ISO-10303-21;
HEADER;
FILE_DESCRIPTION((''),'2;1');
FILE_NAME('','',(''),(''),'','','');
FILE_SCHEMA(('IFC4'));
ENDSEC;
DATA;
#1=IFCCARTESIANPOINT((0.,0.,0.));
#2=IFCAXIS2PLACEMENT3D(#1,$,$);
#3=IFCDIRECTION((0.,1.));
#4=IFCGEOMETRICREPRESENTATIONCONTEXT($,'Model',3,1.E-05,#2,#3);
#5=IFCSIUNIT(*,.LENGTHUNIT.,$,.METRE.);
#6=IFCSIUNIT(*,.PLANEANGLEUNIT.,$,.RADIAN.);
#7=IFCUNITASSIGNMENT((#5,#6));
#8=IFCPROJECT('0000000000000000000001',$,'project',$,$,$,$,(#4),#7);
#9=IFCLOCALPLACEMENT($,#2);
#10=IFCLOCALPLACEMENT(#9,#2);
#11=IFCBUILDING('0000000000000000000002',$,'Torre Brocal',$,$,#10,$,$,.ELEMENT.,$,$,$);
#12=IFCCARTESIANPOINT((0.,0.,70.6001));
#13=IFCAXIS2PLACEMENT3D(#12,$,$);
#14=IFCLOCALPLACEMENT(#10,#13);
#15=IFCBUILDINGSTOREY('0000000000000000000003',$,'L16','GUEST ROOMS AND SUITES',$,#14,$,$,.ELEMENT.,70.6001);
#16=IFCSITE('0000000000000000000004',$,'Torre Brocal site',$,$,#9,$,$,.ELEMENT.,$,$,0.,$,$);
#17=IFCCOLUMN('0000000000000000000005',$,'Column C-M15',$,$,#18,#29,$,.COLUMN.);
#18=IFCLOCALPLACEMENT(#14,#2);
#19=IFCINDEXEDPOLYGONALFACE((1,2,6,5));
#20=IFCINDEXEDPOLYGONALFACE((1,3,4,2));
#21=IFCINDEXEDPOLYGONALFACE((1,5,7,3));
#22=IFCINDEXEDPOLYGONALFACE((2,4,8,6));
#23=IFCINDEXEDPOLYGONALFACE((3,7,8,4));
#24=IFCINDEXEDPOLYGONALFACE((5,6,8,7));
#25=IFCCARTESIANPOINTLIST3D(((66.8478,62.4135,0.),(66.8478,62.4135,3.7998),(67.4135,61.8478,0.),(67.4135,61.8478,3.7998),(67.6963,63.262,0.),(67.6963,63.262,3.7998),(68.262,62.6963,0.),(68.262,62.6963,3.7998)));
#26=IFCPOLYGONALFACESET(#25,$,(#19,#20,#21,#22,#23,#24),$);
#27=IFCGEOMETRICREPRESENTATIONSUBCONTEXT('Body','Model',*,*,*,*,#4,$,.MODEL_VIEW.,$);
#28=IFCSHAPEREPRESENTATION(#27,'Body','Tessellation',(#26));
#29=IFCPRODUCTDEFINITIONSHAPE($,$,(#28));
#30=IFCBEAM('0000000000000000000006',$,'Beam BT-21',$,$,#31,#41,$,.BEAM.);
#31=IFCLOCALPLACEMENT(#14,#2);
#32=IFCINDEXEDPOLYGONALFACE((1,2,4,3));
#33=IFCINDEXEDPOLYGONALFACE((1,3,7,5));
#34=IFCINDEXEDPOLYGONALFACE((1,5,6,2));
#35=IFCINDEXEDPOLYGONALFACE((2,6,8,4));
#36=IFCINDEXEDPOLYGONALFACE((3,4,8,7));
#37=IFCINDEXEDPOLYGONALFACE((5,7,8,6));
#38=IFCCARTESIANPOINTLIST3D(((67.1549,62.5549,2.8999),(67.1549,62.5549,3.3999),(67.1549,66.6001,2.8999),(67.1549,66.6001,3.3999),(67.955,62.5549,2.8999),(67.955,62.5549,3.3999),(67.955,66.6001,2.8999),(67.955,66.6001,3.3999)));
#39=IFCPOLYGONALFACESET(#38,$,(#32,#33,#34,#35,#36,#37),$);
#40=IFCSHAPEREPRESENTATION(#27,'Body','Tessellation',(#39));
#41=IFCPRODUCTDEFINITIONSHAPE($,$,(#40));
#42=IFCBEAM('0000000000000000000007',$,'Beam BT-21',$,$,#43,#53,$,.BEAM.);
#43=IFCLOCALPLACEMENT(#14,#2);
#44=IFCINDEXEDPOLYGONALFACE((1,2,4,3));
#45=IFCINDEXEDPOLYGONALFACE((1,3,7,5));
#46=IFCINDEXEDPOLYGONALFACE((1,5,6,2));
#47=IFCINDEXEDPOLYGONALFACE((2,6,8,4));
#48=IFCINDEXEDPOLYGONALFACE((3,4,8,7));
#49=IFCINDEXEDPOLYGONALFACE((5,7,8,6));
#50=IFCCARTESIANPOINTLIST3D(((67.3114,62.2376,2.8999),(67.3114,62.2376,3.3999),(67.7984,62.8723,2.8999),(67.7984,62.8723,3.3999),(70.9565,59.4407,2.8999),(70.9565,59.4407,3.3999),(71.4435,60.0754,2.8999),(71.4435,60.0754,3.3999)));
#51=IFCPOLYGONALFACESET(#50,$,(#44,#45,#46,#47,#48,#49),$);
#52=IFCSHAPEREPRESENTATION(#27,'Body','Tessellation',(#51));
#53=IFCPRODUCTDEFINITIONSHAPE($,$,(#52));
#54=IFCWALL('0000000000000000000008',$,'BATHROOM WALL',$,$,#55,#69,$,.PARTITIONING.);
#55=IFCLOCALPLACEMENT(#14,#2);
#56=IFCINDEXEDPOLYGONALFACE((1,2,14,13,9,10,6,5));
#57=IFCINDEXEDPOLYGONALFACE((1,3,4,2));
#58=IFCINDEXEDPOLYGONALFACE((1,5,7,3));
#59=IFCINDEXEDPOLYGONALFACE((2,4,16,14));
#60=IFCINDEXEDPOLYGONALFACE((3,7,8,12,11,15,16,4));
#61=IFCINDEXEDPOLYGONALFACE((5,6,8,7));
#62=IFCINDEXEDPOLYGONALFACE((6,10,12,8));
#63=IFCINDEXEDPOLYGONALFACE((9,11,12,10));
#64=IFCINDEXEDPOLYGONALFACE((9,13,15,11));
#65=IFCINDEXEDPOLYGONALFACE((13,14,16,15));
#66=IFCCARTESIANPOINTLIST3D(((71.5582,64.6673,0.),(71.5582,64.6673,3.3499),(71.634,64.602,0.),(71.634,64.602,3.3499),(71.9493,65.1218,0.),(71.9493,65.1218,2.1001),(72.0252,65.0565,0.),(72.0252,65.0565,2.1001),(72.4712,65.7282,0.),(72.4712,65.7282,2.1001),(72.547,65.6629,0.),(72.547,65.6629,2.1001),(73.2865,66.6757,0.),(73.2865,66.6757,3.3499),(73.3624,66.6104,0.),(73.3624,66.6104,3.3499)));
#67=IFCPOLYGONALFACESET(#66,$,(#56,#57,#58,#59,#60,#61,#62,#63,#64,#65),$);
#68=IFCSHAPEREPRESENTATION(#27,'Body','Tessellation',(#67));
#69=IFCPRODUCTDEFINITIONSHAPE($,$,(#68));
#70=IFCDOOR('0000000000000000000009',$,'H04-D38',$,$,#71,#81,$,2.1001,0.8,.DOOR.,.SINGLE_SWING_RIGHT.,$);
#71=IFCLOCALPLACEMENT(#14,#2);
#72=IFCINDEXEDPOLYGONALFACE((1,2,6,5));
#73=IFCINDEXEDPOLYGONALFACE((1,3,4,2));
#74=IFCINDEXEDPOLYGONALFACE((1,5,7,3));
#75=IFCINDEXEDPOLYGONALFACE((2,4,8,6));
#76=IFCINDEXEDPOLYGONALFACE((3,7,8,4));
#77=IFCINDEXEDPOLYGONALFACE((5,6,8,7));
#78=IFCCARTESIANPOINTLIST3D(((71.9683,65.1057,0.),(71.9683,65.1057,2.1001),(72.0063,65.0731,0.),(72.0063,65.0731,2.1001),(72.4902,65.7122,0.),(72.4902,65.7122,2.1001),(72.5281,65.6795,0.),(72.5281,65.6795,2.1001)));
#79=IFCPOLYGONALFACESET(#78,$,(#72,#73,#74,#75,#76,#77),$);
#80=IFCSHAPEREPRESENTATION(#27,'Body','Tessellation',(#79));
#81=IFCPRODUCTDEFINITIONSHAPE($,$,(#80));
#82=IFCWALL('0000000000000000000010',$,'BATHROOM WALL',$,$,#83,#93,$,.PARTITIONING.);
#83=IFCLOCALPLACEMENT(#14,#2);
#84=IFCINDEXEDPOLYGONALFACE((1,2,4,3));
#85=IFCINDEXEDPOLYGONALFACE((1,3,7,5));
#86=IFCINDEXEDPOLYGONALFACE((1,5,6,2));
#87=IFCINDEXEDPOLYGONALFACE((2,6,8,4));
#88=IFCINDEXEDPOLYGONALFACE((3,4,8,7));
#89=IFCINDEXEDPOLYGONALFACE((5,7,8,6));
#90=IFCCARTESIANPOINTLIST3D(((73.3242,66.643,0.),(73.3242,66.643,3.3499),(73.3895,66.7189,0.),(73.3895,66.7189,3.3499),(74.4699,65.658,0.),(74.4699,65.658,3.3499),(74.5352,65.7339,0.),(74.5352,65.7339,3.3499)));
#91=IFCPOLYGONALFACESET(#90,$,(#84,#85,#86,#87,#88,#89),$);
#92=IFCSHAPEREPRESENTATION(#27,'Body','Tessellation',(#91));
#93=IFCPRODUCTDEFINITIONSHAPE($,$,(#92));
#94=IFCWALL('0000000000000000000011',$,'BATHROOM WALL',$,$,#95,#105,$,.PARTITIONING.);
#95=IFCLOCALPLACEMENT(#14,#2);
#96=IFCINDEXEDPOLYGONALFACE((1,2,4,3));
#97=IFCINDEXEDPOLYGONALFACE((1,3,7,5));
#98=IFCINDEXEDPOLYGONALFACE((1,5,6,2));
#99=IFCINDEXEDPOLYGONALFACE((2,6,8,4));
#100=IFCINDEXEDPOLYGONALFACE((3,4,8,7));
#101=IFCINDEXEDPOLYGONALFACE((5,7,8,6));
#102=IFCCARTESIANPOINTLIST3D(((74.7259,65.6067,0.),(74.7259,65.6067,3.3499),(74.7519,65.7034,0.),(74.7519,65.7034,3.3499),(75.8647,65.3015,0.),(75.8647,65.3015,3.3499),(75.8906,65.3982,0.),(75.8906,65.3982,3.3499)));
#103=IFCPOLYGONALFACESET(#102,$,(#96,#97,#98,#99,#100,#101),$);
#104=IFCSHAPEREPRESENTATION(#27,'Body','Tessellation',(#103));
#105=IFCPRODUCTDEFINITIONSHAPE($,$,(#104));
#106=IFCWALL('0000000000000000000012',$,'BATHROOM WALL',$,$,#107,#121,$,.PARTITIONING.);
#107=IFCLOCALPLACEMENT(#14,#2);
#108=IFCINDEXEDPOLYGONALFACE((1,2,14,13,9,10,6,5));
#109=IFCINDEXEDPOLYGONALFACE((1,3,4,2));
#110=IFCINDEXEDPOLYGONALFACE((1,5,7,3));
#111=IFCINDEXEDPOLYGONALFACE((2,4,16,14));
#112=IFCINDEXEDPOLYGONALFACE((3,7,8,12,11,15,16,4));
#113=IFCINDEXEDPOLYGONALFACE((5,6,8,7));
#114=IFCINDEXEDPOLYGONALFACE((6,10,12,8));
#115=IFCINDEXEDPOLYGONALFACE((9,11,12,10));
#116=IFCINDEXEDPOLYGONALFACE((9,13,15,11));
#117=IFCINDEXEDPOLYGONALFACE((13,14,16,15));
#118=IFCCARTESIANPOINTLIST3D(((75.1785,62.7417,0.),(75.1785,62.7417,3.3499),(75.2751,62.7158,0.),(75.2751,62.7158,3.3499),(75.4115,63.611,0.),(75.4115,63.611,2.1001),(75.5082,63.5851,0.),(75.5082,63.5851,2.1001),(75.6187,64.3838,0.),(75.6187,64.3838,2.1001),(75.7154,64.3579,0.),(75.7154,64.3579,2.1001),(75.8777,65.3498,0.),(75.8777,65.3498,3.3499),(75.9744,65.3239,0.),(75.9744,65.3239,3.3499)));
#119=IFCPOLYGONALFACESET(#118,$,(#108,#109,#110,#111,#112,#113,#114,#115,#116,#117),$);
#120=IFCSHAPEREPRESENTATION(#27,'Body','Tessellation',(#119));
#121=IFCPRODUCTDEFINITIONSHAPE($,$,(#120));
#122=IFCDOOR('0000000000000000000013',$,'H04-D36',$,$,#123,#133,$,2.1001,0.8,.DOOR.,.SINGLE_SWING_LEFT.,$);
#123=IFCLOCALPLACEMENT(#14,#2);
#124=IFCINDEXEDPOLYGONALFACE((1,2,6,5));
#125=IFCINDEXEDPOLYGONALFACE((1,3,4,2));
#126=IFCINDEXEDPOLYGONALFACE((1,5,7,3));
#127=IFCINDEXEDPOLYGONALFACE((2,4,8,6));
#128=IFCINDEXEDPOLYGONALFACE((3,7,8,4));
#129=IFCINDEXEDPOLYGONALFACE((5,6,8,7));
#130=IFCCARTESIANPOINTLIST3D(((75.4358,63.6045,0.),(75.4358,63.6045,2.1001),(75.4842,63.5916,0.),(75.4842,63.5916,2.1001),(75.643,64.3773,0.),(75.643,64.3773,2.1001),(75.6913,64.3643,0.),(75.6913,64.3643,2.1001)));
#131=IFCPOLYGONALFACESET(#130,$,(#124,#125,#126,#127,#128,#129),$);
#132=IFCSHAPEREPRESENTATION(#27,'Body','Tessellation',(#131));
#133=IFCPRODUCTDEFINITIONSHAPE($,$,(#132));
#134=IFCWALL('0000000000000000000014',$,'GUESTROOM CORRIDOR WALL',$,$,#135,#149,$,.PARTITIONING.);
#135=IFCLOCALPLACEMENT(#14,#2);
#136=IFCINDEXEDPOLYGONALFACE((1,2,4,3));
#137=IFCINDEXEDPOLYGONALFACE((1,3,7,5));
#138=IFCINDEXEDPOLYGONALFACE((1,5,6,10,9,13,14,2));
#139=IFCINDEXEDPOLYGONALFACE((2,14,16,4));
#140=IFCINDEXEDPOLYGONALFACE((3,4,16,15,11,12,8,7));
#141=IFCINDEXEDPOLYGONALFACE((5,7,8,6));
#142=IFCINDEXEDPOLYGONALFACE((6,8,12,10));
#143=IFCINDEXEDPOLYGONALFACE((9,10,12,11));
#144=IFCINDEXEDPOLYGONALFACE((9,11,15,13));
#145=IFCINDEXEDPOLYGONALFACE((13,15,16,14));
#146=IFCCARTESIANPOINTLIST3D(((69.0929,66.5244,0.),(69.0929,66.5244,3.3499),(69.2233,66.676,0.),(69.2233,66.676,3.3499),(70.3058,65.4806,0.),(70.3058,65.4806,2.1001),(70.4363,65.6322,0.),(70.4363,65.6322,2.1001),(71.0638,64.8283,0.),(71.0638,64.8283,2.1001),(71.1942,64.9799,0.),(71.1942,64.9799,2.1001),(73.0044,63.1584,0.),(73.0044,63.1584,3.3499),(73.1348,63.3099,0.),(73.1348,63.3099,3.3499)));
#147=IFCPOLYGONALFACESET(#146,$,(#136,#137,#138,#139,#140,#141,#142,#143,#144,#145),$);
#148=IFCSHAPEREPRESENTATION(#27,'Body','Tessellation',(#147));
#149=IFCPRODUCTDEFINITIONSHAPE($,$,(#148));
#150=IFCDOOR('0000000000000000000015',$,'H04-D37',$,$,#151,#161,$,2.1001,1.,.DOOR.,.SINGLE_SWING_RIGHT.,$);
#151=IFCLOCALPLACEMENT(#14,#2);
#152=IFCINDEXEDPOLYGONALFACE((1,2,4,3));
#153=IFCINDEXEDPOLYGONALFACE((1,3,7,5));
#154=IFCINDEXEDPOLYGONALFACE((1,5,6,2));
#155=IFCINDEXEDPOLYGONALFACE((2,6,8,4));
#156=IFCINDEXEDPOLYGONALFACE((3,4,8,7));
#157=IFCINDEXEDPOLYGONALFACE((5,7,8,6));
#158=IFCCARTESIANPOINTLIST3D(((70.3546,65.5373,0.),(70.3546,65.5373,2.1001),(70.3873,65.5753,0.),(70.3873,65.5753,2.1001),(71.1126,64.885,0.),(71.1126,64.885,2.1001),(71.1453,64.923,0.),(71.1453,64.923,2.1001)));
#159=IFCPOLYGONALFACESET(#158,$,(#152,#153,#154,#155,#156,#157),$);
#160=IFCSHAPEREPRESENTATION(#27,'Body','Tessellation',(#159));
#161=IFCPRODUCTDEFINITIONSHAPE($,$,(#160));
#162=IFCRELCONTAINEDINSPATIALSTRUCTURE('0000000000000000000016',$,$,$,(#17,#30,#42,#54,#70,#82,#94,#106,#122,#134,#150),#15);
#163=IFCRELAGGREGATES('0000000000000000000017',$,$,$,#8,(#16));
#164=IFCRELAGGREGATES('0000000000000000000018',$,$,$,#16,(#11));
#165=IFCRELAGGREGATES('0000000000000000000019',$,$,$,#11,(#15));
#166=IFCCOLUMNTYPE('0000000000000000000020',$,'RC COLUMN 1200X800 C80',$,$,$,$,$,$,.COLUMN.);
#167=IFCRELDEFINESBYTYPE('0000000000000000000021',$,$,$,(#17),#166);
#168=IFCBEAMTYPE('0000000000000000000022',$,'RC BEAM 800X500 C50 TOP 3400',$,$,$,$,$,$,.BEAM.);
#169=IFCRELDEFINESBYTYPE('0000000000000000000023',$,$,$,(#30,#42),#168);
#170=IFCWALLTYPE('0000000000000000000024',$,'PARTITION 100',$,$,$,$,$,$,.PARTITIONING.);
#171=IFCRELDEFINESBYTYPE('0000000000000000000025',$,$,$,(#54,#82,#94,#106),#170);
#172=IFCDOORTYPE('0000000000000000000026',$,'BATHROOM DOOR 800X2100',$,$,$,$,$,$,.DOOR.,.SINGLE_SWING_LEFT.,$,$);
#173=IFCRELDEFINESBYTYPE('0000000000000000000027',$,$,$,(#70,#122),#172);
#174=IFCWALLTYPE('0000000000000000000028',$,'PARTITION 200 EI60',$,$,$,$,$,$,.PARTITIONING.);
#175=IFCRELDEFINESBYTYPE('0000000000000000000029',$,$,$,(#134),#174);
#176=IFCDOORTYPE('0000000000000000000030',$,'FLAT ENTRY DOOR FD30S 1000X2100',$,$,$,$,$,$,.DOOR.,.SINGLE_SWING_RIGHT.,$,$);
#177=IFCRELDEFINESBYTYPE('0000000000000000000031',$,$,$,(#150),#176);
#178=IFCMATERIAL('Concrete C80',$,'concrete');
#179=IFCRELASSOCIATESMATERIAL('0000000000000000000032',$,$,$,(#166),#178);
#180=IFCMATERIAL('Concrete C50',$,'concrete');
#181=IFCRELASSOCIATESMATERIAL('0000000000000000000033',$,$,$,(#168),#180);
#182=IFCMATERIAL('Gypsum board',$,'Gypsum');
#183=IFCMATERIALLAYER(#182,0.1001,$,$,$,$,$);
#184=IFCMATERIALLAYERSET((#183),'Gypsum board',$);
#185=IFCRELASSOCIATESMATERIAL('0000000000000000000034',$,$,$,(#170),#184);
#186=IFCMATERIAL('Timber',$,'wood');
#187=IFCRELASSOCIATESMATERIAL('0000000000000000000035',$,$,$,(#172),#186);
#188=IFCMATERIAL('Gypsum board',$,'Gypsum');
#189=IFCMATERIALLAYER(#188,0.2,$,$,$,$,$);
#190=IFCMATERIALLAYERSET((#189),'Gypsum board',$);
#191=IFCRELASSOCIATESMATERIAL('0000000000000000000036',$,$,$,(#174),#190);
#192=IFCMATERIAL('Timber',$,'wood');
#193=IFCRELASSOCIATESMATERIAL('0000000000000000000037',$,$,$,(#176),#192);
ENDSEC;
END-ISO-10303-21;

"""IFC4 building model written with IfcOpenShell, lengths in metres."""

from ifc_helpers import new_model, si_unit, direction, frame, frame_2d, origin, origin_2d, place, context, subcontext, project, spatial, rectangle, extrude, material, layer, layer_set, material_profile, profile_set, type_object, element, fill, save


model = new_model("IFC4")

# Units and contexts
model_context = context("Model", 3, precision=1e-05, world=origin(), true_north=direction((0.0, 1.0)))
body_context = subcontext(model_context, "Body", "Model", "MODEL_VIEW")
ifc_project = project(units=[si_unit("LENGTHUNIT", "METRE"), si_unit("PLANEANGLEUNIT", "RADIAN")], contexts=[model_context])

# Site, building, storey
site_placement = place(None, origin())
site = spatial("IfcSite", under=ifc_project, at=site_placement, Name="Torre Brocal site", CompositionType="ELEMENT", RefElevation=0.0)
building_placement = place(site_placement, origin())
building = spatial("IfcBuilding", under=site, at=building_placement, Name="Torre Brocal", CompositionType="ELEMENT")
storey_placement = place(building_placement, frame((0.0, 0.0, 70.6001)))
storey = spatial("IfcBuildingStorey", under=building, at=storey_placement, Name="L16", Description="GUEST ROOMS AND SUITES", CompositionType="ELEMENT", Elevation=70.6001)

# Column
ifc_material_1 = material(Name="Concrete C80", Category="concrete")
ifc_material_profile_1 = material_profile(ifc_material_1, rectangle(XDim=1.2, YDim=0.8, at=origin_2d()), Name="RC 1200X800")
ifc_profile_set_1 = profile_set([ifc_material_profile_1], Name="Concrete C80")
column_type = type_object("IfcColumnType", Name="RC COLUMN 1200X800 C80", PredefinedType="COLUMN", material=ifc_profile_set_1)
column_placement = place(storey_placement, frame((67.5549, 62.5549, 0.0), z_axis=(0.0, 0.0, 1.0), x_axis=(-0.707107, -0.707107, 0.0)))
element("IfcColumn", 1, at=column_placement, inside=storey, type_object=column_type, Name="Column C-M15", PredefinedType="COLUMN", context=body_context, shape_type="SweptSolid", body=[
    extrude(rectangle(XDim=1.2, YDim=0.8, at=origin_2d()), origin(), (0.0, 0.0, 1.0), 3.7998),
])

# Beams
ifc_material_2 = material(Name="Concrete C50", Category="concrete")
ifc_material_profile_2 = material_profile(ifc_material_2, rectangle(XDim=0.8, YDim=0.5, at=origin_2d()), Name="RC 800X500")
ifc_profile_set_2 = profile_set([ifc_material_profile_2], Name="Concrete C50")
beam_type = type_object("IfcBeamType", Name="RC BEAM 800X500 C50 TOP 3400", PredefinedType="BEAM", material=ifc_profile_set_2)
beam_1_placement = place(storey_placement, frame((67.5549, 62.5549, 3.1499), z_axis=(0.0, 1.0, 0.0), x_axis=(-1.0, 0.0, 0.0)))
element("IfcBeam", 2, at=beam_1_placement, inside=storey, type_object=beam_type, Name="Beam BT-21", PredefinedType="BEAM", context=body_context, shape_type="SweptSolid", body=[
    extrude(rectangle(XDim=0.8, YDim=0.5, at=origin_2d()), origin(), (0.0, 0.0, 1.0), 4.0452),
])
beam_2_placement = place(storey_placement, frame((67.5549, 62.5549, 3.1499), z_axis=(0.793358, -0.608755, 0.0), x_axis=(0.608755, 0.793358, 0.0)))
element("IfcBeam", 3, at=beam_2_placement, inside=storey, type_object=beam_type, Name="Beam BT-21", PredefinedType="BEAM", context=body_context, shape_type="SweptSolid", body=[
    extrude(rectangle(XDim=0.8, YDim=0.5, at=origin_2d()), origin(), (0.0, 0.0, 1.0), 4.5945),
])

# Wall, opening, door
ifc_material_3 = material(Name="Gypsum board", Category="Gypsum")
ifc_layer_1 = layer(ifc_material_3, 0.1001)
ifc_layer_set_1 = layer_set([ifc_layer_1], Name="Gypsum board")
wall_type_1 = type_object("IfcWallType", Name="PARTITION 100", PredefinedType="PARTITIONING", material=ifc_layer_set_1)
wall_1_placement = place(storey_placement, frame((71.5962, 64.6348, 0.0), z_axis=(0.0, 0.0, 1.0), x_axis=(0.652285, 0.757974, 0.0)))
wall_1 = element("IfcWall", 4, at=wall_1_placement, inside=storey, type_object=wall_type_1, Name="BATHROOM WALL", PredefinedType="PARTITIONING", context=body_context, shape_type="SweptSolid", body=[
    extrude(rectangle(XDim=2.6497, YDim=0.1001, at=frame_2d((1.3247, 0.0))), origin(), (0.0, 0.0, 1.0), 3.3499),
])
opening_1_placement = place(wall_1_placement, frame((0.5996, 0.0, 0.0)))
opening_1 = element("IfcOpeningElement", 5, at=opening_1_placement, cuts=wall_1, PredefinedType="OPENING", context=body_context, shape_type="SweptSolid", body=[
    extrude(rectangle(XDim=0.8, YDim=2.1001, at=frame_2d((0.3999, 1.05))), frame((0.0, 0.0601, 0.0), z_axis=(0.0, -1.0, 0.0), x_axis=(1.0, 0.0, 0.0)), (0.0, 0.0, 1.0), 0.1201),
])
ifc_material_4 = material(Name="Timber", Category="wood")
door_type_1 = type_object("IfcDoorType", Name="BATHROOM DOOR 800X2100", OperationType="SINGLE_SWING_LEFT", PredefinedType="DOOR", material=ifc_material_4)
door_1_placement = place(opening_1_placement, frame((0.8, 0.0, 0.0), z_axis=(0.0, 0.0, 1.0), x_axis=(-1.0, 0.0, 0.0)))
door_1 = element("IfcDoor", 6, at=door_1_placement, inside=storey, type_object=door_type_1, Name="H04-D38", OperationType="SINGLE_SWING_RIGHT", OverallHeight=2.1001, OverallWidth=0.8, PredefinedType="DOOR", context=body_context, shape_type="SweptSolid", body=[
    extrude(rectangle(XDim=0.8, YDim=2.1001, at=frame_2d((0.3999, 1.05))), frame((0.0, 0.0249, 0.0), z_axis=(0.0, -1.0, 0.0), x_axis=(1.0, 0.0, 0.0)), (0.0, 0.0, 1.0), 0.05),
])
fill(opening_1, door_1)

# Walls
wall_2_placement = place(storey_placement, frame((73.3569, 66.6809, 0.0), z_axis=(0.0, 0.0, 1.0), x_axis=(0.758263, -0.651948, 0.0)))
element("IfcWall", 7, at=wall_2_placement, inside=storey, type_object=wall_type_1, Name="BATHROOM WALL", PredefinedType="PARTITIONING", context=body_context, shape_type="SweptSolid", body=[
    extrude(rectangle(XDim=1.511, YDim=0.1001, at=frame_2d((0.7554, 0.0))), origin(), (0.0, 0.0, 1.0), 3.3499),
])
wall_3_placement = place(storey_placement, frame((74.739, 65.655, 0.0), z_axis=(0.0, 0.0, 1.0), x_axis=(0.965911, -0.258874, 0.0)))
element("IfcWall", 8, at=wall_3_placement, inside=storey, type_object=wall_type_1, Name="BATHROOM WALL", PredefinedType="PARTITIONING", context=body_context, shape_type="SweptSolid", body=[
    extrude(rectangle(XDim=1.179, YDim=0.1001, at=frame_2d((0.5894, 0.0))), origin(), (0.0, 0.0, 1.0), 3.3499),
])

# Walls, openings, doors
wall_4_placement = place(storey_placement, frame((75.2268, 62.7288, 0.0), z_axis=(0.0, 0.0, 1.0), x_axis=(0.258945, 0.965892, 0.0)))
wall_4 = element("IfcWall", 9, at=wall_4_placement, inside=storey, type_object=wall_type_1, Name="BATHROOM WALL", PredefinedType="PARTITIONING", context=body_context, shape_type="SweptSolid", body=[
    extrude(rectangle(XDim=2.7002, YDim=0.1001, at=frame_2d((1.3501, 0.0))), origin(), (0.0, 0.0, 1.0), 3.3499),
])
opening_2_placement = place(wall_4_placement, frame((0.9001, 0.0, 0.0)))
opening_2 = element("IfcOpeningElement", 10, at=opening_2_placement, cuts=wall_4, PredefinedType="OPENING", context=body_context, shape_type="SweptSolid", body=[
    extrude(rectangle(XDim=0.8, YDim=2.1001, at=frame_2d((0.3999, 1.05))), frame((0.0, 0.0601, 0.0), z_axis=(0.0, -1.0, 0.0), x_axis=(1.0, 0.0, 0.0)), (0.0, 0.0, 1.0), 0.1201),
])
door_2_placement = place(opening_2_placement, origin())
door_2 = element("IfcDoor", 11, at=door_2_placement, inside=storey, type_object=door_type_1, Name="H04-D36", OperationType="SINGLE_SWING_LEFT", OverallHeight=2.1001, OverallWidth=0.8, PredefinedType="DOOR", context=body_context, shape_type="SweptSolid", body=[
    extrude(rectangle(XDim=0.8, YDim=2.1001, at=frame_2d((0.3999, 1.05))), frame((0.0, 0.0249, 0.0), z_axis=(0.0, -1.0, 0.0), x_axis=(1.0, 0.0, 0.0)), (0.0, 0.0, 1.0), 0.05),
])
fill(opening_2, door_2)
ifc_material_5 = material(Name="Gypsum board", Category="Gypsum")
ifc_layer_2 = layer(ifc_material_5, 0.2)
ifc_layer_set_2 = layer_set([ifc_layer_2], Name="Gypsum board")
wall_type_2 = type_object("IfcWallType", Name="PARTITION 200 EI60", PredefinedType="PARTITIONING", material=ifc_layer_set_2)
wall_5_placement = place(storey_placement, frame((69.1582, 66.6001, 0.0), z_axis=(0.0, 0.0, 1.0), x_axis=(0.757976, -0.652282, 0.0)))
wall_5 = element("IfcWall", 12, at=wall_5_placement, inside=storey, type_object=wall_type_2, Name="GUESTROOM CORRIDOR WALL", PredefinedType="PARTITIONING", context=body_context, shape_type="SweptSolid", body=[
    extrude(rectangle(XDim=5.1604, YDim=0.2, at=frame_2d((2.5801, 0.0))), origin(), (0.0, 0.0, 1.0), 3.3499),
])
opening_3_placement = place(wall_5_placement, frame((1.6001, 0.0, 0.0)))
opening_3 = element("IfcOpeningElement", 13, at=opening_3_placement, cuts=wall_5, PredefinedType="OPENING", context=body_context, shape_type="SweptSolid", body=[
    extrude(rectangle(XDim=1.0, YDim=2.1001, at=frame_2d((0.5, 1.05))), frame((0.0, 0.1099, 0.0), z_axis=(0.0, -1.0, 0.0), x_axis=(1.0, 0.0, 0.0)), (0.0, 0.0, 1.0), 0.22),
])
ifc_material_6 = material(Name="Timber", Category="wood")
door_type_2 = type_object("IfcDoorType", Name="FLAT ENTRY DOOR FD30S 1000X2100", OperationType="SINGLE_SWING_RIGHT", PredefinedType="DOOR", material=ifc_material_6)
door_3_placement = place(opening_3_placement, origin())
door_3 = element("IfcDoor", 14, at=door_3_placement, inside=storey, type_object=door_type_2, Name="H04-D37", OperationType="SINGLE_SWING_RIGHT", OverallHeight=2.1001, OverallWidth=1.0, PredefinedType="DOOR", context=body_context, shape_type="SweptSolid", body=[
    extrude(rectangle(XDim=1.0, YDim=2.1001, at=frame_2d((0.5, 1.05))), frame((0.0, 0.0249, 0.0), z_axis=(0.0, -1.0, 0.0), x_axis=(1.0, 0.0, 0.0)), (0.0, 0.0, 1.0), 0.05),
])
fill(opening_3, door_3)

save(model, "model.ifc")
